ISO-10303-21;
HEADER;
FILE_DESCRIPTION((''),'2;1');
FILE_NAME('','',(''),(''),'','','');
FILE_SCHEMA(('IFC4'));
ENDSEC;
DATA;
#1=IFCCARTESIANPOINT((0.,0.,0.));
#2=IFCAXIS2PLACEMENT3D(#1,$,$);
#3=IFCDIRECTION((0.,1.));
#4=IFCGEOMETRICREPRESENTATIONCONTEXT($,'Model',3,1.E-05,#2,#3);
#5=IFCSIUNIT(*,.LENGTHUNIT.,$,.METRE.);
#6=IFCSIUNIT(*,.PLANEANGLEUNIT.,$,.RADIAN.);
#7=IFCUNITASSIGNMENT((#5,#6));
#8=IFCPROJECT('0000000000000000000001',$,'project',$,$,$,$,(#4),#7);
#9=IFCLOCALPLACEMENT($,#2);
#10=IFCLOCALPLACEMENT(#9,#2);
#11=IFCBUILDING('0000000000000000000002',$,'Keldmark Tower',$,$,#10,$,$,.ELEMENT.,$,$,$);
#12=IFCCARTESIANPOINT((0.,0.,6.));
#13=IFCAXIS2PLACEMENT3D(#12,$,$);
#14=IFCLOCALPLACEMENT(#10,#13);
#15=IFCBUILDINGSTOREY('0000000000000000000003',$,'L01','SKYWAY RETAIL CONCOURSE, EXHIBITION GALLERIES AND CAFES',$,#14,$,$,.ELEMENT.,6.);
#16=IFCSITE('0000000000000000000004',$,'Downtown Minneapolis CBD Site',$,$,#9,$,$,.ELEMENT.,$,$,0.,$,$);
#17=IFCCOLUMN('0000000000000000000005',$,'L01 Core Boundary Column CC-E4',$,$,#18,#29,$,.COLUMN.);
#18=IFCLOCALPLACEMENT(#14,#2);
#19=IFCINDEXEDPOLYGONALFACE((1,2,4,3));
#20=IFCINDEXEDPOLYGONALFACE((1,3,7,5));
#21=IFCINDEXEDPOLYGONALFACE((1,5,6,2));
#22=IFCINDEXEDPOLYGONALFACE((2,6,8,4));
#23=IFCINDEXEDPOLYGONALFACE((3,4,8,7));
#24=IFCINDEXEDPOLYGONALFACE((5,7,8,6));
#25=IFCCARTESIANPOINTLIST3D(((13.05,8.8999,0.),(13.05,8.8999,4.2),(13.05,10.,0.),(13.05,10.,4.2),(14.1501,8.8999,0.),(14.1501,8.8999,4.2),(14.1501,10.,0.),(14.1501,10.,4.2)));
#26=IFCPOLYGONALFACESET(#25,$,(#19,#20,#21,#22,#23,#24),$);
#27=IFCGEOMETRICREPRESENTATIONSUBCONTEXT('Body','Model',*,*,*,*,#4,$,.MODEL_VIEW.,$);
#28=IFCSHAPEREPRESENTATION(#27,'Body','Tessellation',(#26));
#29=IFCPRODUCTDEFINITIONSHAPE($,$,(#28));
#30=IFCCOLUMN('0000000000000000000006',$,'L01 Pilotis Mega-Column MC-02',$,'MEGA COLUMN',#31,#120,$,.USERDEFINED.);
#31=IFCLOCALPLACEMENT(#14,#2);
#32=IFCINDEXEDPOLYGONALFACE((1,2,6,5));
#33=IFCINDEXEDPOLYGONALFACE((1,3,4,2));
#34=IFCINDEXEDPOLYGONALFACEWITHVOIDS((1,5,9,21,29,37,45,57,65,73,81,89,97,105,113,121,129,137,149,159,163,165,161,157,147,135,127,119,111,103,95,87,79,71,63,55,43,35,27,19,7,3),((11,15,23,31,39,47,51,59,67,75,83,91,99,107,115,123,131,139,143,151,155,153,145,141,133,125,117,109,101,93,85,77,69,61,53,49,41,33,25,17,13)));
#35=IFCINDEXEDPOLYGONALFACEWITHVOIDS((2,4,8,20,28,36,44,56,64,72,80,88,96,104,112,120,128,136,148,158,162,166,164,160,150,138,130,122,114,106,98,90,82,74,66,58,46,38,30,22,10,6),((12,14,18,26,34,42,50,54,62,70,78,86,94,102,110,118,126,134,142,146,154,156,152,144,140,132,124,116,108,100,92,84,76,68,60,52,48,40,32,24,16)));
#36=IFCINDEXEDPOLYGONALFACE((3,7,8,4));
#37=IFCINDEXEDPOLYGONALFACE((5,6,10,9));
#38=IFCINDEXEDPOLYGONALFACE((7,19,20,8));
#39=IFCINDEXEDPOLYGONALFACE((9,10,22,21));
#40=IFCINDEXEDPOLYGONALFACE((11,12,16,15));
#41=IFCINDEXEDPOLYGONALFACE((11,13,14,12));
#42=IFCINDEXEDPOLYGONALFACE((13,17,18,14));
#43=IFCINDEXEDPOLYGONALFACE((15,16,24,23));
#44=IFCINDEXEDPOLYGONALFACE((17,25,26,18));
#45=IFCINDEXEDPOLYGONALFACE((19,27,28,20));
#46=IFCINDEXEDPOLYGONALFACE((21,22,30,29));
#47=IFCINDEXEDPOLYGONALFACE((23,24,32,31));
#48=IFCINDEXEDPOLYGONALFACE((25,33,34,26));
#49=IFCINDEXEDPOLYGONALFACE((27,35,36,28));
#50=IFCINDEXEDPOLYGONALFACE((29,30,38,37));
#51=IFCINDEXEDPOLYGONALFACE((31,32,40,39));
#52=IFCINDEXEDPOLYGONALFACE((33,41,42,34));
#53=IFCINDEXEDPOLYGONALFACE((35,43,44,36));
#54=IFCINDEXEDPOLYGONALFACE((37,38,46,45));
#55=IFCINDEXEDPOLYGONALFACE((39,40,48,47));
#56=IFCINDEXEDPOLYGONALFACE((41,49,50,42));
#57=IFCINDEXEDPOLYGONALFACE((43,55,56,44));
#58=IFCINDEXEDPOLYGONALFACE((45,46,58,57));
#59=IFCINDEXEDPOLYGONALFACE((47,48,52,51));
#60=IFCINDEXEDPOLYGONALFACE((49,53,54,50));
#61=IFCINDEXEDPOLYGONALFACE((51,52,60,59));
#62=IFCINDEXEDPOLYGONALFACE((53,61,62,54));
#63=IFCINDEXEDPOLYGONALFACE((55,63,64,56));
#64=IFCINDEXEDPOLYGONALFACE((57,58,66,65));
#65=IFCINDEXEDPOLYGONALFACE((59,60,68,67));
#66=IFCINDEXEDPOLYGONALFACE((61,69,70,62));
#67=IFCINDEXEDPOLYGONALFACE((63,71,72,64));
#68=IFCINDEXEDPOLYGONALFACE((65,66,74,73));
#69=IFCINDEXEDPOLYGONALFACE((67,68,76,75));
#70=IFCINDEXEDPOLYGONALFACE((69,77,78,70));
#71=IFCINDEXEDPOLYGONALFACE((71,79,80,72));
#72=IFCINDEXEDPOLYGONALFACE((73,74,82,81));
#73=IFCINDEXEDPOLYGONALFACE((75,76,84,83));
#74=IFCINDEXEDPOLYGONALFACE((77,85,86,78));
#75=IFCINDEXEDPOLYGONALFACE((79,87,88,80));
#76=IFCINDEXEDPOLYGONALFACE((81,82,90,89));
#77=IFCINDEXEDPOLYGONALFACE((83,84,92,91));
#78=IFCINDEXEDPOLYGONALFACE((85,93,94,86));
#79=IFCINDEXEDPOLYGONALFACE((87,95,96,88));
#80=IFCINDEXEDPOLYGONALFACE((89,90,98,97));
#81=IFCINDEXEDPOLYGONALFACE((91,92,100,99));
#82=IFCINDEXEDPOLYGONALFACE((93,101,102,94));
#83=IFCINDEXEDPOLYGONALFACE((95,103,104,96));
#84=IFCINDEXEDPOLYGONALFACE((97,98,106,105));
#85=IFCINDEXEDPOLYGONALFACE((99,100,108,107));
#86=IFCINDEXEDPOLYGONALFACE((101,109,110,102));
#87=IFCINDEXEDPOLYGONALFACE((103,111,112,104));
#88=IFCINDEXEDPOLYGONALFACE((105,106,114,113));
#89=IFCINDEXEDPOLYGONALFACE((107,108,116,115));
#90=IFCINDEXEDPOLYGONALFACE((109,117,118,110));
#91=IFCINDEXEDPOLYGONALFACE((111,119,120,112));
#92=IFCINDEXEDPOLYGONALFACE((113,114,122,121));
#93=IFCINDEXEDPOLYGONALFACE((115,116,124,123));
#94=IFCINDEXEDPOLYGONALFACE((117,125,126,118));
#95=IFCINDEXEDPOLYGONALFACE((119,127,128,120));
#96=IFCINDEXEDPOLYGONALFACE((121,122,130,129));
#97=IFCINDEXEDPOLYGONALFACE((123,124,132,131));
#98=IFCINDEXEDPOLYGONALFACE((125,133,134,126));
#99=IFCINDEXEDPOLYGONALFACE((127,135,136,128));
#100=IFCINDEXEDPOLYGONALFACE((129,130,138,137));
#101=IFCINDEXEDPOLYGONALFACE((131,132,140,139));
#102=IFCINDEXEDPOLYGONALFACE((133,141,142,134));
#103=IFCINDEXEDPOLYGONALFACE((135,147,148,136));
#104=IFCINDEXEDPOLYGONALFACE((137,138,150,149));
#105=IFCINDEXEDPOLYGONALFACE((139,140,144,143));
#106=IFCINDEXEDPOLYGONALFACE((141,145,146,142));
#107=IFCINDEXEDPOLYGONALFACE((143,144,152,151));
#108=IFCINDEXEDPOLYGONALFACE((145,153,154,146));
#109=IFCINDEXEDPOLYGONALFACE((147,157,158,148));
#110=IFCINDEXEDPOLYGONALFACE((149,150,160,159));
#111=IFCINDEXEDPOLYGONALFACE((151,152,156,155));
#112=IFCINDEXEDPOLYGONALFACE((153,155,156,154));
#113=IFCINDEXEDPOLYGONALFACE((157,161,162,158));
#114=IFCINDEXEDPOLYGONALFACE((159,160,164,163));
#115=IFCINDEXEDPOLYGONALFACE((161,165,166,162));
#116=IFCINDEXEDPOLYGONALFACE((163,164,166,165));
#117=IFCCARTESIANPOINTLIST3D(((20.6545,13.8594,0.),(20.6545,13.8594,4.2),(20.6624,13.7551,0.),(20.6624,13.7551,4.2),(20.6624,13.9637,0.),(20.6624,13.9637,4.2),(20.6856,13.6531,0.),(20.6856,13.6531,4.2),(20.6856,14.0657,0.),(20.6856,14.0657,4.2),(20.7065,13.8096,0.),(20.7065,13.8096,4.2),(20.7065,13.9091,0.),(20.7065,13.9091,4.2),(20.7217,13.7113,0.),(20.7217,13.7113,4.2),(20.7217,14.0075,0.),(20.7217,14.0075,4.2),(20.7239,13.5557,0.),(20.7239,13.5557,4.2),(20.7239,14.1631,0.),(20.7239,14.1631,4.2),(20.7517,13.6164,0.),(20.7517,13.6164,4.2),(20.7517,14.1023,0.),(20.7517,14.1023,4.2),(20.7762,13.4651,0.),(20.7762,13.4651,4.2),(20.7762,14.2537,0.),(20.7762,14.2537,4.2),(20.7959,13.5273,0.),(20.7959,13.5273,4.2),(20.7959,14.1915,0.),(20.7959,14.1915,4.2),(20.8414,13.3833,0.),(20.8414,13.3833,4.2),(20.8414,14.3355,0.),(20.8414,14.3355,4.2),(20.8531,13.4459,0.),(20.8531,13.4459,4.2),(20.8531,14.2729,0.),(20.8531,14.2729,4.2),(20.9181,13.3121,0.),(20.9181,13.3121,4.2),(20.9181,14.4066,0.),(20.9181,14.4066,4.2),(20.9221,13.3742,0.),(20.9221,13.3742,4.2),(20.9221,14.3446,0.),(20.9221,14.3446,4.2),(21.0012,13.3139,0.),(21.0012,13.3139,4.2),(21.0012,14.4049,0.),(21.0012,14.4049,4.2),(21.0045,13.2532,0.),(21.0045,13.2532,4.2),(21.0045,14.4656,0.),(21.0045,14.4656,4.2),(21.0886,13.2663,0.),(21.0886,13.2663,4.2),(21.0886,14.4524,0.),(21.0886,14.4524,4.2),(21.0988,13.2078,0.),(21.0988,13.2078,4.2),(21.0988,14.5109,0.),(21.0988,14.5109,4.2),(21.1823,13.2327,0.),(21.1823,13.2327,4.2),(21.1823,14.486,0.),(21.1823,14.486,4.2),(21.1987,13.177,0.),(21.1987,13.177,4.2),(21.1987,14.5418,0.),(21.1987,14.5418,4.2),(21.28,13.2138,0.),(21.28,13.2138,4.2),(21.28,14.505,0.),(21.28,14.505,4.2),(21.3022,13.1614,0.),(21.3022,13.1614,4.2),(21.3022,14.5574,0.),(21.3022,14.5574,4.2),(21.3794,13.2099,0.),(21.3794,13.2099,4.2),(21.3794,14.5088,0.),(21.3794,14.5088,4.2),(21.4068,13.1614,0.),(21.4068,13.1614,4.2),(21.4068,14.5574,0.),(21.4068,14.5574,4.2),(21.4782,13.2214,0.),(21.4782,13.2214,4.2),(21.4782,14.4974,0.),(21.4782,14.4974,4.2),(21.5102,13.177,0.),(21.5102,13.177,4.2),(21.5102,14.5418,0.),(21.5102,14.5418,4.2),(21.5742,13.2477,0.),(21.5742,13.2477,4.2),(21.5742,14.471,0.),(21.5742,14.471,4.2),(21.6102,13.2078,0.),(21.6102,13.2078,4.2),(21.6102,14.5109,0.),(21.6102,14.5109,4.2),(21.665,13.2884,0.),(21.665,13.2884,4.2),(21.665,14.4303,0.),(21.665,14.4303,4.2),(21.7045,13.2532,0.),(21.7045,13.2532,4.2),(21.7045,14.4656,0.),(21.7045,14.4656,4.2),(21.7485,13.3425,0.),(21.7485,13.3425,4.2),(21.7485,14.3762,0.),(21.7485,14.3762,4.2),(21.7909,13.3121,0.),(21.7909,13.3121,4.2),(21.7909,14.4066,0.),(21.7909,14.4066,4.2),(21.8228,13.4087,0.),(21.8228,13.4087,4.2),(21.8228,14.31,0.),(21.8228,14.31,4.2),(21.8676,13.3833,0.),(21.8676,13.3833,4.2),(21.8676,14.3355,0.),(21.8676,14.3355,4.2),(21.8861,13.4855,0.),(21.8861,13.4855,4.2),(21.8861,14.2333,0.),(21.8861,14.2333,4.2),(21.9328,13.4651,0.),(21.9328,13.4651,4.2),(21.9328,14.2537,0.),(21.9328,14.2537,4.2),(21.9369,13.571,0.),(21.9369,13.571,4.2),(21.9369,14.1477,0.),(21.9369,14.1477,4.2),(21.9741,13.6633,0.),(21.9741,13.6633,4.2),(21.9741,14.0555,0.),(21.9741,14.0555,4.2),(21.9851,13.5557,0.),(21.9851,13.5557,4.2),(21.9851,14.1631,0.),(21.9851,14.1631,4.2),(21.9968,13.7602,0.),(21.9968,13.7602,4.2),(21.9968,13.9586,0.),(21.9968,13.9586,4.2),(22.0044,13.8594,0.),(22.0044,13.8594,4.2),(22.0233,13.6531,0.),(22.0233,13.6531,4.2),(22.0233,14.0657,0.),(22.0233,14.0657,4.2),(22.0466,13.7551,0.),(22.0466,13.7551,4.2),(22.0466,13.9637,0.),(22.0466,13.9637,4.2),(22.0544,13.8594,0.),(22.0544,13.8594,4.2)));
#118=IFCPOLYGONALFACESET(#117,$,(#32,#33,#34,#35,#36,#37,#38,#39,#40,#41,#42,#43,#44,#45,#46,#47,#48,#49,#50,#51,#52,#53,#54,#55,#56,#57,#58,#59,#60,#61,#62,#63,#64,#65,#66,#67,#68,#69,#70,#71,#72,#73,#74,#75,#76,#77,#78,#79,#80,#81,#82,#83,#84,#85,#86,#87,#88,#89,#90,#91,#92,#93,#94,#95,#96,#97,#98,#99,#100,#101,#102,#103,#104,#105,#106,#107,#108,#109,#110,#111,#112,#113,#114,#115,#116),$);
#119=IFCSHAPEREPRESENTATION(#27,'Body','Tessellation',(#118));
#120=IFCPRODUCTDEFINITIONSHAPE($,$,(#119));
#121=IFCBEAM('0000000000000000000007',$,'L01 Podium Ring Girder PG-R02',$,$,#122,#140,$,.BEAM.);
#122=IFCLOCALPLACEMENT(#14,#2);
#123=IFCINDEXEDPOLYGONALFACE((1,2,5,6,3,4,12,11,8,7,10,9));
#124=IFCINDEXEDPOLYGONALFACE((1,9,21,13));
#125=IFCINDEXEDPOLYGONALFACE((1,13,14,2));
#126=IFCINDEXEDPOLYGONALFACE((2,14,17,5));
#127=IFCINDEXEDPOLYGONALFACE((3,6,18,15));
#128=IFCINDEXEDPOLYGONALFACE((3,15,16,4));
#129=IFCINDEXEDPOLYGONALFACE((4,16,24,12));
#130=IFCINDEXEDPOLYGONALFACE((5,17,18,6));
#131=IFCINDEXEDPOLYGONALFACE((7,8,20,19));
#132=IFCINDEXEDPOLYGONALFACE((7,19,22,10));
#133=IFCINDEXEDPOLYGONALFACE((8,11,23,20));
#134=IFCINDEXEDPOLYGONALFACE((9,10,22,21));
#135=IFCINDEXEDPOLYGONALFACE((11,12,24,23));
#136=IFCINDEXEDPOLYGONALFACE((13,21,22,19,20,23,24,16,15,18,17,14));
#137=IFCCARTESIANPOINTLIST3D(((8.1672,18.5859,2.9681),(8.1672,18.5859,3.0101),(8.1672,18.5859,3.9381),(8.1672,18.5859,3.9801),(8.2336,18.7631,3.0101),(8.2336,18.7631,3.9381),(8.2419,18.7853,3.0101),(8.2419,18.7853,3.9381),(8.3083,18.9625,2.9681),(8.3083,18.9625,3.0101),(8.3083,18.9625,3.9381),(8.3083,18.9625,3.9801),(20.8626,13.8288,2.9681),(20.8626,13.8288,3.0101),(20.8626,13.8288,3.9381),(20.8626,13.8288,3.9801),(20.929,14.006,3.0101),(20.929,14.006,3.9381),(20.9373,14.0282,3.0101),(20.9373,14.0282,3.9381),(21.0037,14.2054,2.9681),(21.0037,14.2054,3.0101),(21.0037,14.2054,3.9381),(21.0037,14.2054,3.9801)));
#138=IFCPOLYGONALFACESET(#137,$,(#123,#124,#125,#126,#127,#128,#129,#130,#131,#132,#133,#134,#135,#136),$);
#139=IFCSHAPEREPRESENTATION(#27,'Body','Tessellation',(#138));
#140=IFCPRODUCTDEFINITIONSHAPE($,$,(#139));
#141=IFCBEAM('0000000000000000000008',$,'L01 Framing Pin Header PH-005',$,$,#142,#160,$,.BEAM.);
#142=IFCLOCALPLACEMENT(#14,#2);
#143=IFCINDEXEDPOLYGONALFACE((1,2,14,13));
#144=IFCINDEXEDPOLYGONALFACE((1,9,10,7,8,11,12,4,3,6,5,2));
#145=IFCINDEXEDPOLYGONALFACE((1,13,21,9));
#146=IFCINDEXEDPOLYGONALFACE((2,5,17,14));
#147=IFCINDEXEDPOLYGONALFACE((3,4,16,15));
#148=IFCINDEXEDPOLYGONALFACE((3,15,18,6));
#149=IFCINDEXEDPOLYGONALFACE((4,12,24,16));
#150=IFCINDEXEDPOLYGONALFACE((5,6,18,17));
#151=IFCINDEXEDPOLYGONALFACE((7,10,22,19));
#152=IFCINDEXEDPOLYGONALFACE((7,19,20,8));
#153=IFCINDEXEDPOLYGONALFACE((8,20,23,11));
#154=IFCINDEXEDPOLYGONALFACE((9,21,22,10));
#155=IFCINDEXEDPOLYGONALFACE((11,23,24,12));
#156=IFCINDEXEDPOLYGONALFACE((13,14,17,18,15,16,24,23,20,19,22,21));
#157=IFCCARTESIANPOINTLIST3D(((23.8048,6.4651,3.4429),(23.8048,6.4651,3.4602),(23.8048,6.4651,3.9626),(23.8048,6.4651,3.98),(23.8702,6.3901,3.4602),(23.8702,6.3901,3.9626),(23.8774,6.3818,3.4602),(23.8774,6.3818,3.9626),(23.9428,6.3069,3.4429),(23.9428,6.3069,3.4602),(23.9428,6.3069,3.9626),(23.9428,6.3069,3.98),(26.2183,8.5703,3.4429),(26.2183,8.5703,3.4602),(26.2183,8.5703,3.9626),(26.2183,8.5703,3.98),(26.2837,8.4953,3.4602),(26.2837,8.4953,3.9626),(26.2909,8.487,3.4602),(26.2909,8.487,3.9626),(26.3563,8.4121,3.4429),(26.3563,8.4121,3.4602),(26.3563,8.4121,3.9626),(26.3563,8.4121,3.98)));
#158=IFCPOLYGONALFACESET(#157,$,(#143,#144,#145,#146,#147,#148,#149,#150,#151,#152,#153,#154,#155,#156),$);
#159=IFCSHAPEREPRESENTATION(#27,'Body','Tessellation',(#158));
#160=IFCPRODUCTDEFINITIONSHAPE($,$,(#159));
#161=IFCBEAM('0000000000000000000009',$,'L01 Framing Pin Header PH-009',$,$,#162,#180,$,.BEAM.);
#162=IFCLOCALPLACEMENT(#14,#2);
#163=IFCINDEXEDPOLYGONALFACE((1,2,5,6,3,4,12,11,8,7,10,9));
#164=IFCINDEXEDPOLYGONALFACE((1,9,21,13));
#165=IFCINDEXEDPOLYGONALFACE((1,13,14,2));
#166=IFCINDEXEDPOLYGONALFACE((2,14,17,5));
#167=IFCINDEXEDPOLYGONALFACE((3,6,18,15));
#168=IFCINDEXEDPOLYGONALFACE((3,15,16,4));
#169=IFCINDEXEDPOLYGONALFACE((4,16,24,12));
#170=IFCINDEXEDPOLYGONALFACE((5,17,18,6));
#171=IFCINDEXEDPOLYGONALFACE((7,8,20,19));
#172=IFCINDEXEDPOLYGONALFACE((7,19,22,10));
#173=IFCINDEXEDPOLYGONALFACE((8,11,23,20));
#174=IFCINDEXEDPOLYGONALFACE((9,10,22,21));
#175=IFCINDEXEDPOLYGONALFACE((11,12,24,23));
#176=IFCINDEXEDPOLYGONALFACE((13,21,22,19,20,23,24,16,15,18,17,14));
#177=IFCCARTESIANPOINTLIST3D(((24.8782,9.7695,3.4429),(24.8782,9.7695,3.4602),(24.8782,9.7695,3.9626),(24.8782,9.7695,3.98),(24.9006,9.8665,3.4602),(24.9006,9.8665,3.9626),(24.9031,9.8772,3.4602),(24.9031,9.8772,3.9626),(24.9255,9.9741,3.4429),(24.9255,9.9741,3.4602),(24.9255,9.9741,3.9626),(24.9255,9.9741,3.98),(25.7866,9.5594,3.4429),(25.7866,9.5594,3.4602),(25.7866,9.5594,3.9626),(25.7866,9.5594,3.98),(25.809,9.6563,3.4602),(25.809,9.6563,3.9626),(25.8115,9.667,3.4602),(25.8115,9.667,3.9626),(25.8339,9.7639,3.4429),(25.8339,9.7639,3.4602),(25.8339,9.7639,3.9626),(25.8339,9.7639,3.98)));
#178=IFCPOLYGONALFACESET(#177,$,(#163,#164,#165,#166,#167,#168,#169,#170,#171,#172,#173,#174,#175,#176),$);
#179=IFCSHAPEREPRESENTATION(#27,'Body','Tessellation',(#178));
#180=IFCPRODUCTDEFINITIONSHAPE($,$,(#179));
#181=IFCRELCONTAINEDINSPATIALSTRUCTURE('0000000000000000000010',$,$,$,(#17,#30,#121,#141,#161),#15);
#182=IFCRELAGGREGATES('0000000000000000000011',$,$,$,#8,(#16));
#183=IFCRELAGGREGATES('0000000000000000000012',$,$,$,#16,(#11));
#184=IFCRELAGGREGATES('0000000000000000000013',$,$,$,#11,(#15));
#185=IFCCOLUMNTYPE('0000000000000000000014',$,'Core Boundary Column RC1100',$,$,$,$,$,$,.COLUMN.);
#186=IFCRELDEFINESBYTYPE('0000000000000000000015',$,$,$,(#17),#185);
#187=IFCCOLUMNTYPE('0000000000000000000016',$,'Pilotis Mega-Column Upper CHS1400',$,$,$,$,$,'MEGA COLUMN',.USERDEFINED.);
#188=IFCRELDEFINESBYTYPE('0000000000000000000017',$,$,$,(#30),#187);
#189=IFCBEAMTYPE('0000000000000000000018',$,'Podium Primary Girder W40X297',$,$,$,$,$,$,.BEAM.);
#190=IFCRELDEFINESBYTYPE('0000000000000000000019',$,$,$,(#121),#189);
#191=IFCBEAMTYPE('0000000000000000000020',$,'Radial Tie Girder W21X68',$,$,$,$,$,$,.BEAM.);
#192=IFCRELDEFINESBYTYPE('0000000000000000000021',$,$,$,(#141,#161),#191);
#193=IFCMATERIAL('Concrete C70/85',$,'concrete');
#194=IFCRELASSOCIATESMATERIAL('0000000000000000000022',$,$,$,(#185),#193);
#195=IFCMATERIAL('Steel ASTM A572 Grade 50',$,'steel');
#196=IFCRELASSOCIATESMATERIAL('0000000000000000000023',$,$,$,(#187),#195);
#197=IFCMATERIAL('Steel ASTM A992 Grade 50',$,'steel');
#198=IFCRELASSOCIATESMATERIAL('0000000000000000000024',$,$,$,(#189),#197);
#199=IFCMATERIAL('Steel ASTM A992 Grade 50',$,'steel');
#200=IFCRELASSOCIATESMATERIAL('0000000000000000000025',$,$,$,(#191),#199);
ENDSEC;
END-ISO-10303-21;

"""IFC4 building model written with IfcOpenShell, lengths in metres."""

from ifc_helpers import new_model, si_unit, direction, frame, origin, origin_2d, place, context, subcontext, project, spatial, rectangle, hollow_circle, i_section, extrude, material, material_profile, profile_set, type_object, element, save


model = new_model("IFC4")

# Units and contexts
model_context = context("Model", 3, precision=1e-05, world=origin(), true_north=direction((0.0, 1.0)))
body_context = subcontext(model_context, "Body", "Model", "MODEL_VIEW")
ifc_project = project(units=[si_unit("LENGTHUNIT", "METRE"), si_unit("PLANEANGLEUNIT", "RADIAN")], contexts=[model_context])

# Site, building, storey
site_placement = place(None, origin())
site = spatial("IfcSite", under=ifc_project, at=site_placement, Name="Downtown Minneapolis CBD Site", CompositionType="ELEMENT", RefElevation=0.0)
building_placement = place(site_placement, origin())
building = spatial("IfcBuilding", under=site, at=building_placement, Name="Keldmark Tower", CompositionType="ELEMENT")
storey_placement = place(building_placement, frame((0.0, 0.0, 6.0)))
storey = spatial("IfcBuildingStorey", under=building, at=storey_placement, Name="L01", Description="SKYWAY RETAIL CONCOURSE, EXHIBITION GALLERIES AND CAFES", CompositionType="ELEMENT", Elevation=6.0)

# Columns
ifc_material_1 = material(Name="Concrete C70/85", Category="concrete")
ifc_material_profile_1 = material_profile(ifc_material_1, rectangle(XDim=1.1001, YDim=1.1001, at=origin_2d()), Name="RC1100X1100")
ifc_profile_set_1 = profile_set([ifc_material_profile_1], Name="Concrete C70/85")
column_type_1 = type_object("IfcColumnType", Name="Core Boundary Column RC1100", PredefinedType="COLUMN", material=ifc_profile_set_1)
column_1_placement = place(storey_placement, frame((13.6001, 9.45, 0.0), z_axis=(0.0, 0.0, 1.0), x_axis=(1.0, 0.0, 0.0)))
element("IfcColumn", 1, at=column_1_placement, inside=storey, type_object=column_type_1, Name="L01 Core Boundary Column CC-E4", PredefinedType="COLUMN", context=body_context, shape_type="SweptSolid", body=[
    extrude(rectangle(XDim=1.1001, YDim=1.1001, at=origin_2d()), origin(), (0.0, 0.0, 1.0), 4.2),
])
ifc_material_2 = material(Name="Steel ASTM A572 Grade 50", Category="steel")
ifc_material_profile_2 = material_profile(ifc_material_2, hollow_circle(Radius=0.7, WallThickness=0.05, at=origin_2d()), Name="CHS1400X50")
ifc_profile_set_2 = profile_set([ifc_material_profile_2], Name="Steel ASTM A572 Grade 50")
column_type_2 = type_object("IfcColumnType", Name="Pilotis Mega-Column Upper CHS1400", ElementType="MEGA COLUMN", PredefinedType="USERDEFINED", material=ifc_profile_set_2)
column_2_placement = place(storey_placement, frame((21.3545, 13.8594, 0.0), z_axis=(0.0, 0.0, 1.0), x_axis=(1.0, 0.0, 0.0)))
element("IfcColumn", 2, at=column_2_placement, inside=storey, type_object=column_type_2, Name="L01 Pilotis Mega-Column MC-02", ObjectType="MEGA COLUMN", PredefinedType="USERDEFINED", context=body_context, shape_type="SweptSolid", body=[
    extrude(hollow_circle(Radius=0.7, WallThickness=0.05, at=origin_2d()), origin(), (0.0, 0.0, 1.0), 4.2),
])

# Beams
ifc_material_3 = material(Name="Steel ASTM A992 Grade 50", Category="steel")
ifc_material_profile_3 = material_profile(ifc_material_3, i_section(OverallWidth=0.4021, OverallDepth=1.012, WebThickness=0.0237, FlangeThickness=0.042, at=origin_2d()), Name="W40X297")
ifc_profile_set_3 = profile_set([ifc_material_profile_3], Name="Steel ASTM A992 Grade 50")
beam_type_1 = type_object("IfcBeamType", Name="Podium Primary Girder W40X297", PredefinedType="BEAM", material=ifc_profile_set_3)
beam_1_placement = place(storey_placement, frame((20.9331, 14.0171, 3.4741), z_axis=(-0.936418, 0.350887, 0.0), x_axis=(-0.350887, -0.936418, 0.0)))
element("IfcBeam", 3, at=beam_1_placement, inside=storey, type_object=beam_type_1, Name="L01 Podium Ring Girder PG-R02", PredefinedType="BEAM", context=body_context, shape_type="SweptSolid", body=[
    extrude(i_section(OverallWidth=0.4021, OverallDepth=1.012, WebThickness=0.0237, FlangeThickness=0.042, at=origin_2d()), origin(), (0.0, 0.0, 1.0), 13.5574),
])
ifc_material_4 = material(Name="Steel ASTM A992 Grade 50", Category="steel")
ifc_material_profile_4 = material_profile(ifc_material_4, i_section(OverallWidth=0.21, OverallDepth=0.5371, WebThickness=0.011, FlangeThickness=0.0173, at=origin_2d()), Name="W21X68")
ifc_profile_set_4 = profile_set([ifc_material_profile_4], Name="Steel ASTM A992 Grade 50")
beam_type_2 = type_object("IfcBeamType", Name="Radial Tie Girder W21X68", PredefinedType="BEAM", material=ifc_profile_set_4)
beam_2_placement = place(storey_placement, frame((23.8738, 6.386, 3.7114), z_axis=(0.753605, 0.657327, 0.0), x_axis=(-0.657327, 0.753605, 0.0)))
element("IfcBeam", 4, at=beam_2_placement, inside=storey, type_object=beam_type_2, Name="L01 Framing Pin Header PH-005", PredefinedType="BEAM", context=body_context, shape_type="SweptSolid", body=[
    extrude(i_section(OverallWidth=0.21, OverallDepth=0.5371, WebThickness=0.011, FlangeThickness=0.0173, at=origin_2d()), origin(), (0.0, 0.0, 1.0), 3.2026),
])
beam_3_placement = place(storey_placement, frame((24.9019, 9.8718, 3.7114), z_axis=(0.974259, -0.225433, 0.0), x_axis=(0.225433, 0.974259, 0.0)))
element("IfcBeam", 5, at=beam_3_placement, inside=storey, type_object=beam_type_2, Name="L01 Framing Pin Header PH-009", PredefinedType="BEAM", context=body_context, shape_type="SweptSolid", body=[
    extrude(i_section(OverallWidth=0.21, OverallDepth=0.5371, WebThickness=0.011, FlangeThickness=0.0173, at=origin_2d()), origin(), (0.0, 0.0, 1.0), 0.9324),
])

save(model, "model.ifc")
